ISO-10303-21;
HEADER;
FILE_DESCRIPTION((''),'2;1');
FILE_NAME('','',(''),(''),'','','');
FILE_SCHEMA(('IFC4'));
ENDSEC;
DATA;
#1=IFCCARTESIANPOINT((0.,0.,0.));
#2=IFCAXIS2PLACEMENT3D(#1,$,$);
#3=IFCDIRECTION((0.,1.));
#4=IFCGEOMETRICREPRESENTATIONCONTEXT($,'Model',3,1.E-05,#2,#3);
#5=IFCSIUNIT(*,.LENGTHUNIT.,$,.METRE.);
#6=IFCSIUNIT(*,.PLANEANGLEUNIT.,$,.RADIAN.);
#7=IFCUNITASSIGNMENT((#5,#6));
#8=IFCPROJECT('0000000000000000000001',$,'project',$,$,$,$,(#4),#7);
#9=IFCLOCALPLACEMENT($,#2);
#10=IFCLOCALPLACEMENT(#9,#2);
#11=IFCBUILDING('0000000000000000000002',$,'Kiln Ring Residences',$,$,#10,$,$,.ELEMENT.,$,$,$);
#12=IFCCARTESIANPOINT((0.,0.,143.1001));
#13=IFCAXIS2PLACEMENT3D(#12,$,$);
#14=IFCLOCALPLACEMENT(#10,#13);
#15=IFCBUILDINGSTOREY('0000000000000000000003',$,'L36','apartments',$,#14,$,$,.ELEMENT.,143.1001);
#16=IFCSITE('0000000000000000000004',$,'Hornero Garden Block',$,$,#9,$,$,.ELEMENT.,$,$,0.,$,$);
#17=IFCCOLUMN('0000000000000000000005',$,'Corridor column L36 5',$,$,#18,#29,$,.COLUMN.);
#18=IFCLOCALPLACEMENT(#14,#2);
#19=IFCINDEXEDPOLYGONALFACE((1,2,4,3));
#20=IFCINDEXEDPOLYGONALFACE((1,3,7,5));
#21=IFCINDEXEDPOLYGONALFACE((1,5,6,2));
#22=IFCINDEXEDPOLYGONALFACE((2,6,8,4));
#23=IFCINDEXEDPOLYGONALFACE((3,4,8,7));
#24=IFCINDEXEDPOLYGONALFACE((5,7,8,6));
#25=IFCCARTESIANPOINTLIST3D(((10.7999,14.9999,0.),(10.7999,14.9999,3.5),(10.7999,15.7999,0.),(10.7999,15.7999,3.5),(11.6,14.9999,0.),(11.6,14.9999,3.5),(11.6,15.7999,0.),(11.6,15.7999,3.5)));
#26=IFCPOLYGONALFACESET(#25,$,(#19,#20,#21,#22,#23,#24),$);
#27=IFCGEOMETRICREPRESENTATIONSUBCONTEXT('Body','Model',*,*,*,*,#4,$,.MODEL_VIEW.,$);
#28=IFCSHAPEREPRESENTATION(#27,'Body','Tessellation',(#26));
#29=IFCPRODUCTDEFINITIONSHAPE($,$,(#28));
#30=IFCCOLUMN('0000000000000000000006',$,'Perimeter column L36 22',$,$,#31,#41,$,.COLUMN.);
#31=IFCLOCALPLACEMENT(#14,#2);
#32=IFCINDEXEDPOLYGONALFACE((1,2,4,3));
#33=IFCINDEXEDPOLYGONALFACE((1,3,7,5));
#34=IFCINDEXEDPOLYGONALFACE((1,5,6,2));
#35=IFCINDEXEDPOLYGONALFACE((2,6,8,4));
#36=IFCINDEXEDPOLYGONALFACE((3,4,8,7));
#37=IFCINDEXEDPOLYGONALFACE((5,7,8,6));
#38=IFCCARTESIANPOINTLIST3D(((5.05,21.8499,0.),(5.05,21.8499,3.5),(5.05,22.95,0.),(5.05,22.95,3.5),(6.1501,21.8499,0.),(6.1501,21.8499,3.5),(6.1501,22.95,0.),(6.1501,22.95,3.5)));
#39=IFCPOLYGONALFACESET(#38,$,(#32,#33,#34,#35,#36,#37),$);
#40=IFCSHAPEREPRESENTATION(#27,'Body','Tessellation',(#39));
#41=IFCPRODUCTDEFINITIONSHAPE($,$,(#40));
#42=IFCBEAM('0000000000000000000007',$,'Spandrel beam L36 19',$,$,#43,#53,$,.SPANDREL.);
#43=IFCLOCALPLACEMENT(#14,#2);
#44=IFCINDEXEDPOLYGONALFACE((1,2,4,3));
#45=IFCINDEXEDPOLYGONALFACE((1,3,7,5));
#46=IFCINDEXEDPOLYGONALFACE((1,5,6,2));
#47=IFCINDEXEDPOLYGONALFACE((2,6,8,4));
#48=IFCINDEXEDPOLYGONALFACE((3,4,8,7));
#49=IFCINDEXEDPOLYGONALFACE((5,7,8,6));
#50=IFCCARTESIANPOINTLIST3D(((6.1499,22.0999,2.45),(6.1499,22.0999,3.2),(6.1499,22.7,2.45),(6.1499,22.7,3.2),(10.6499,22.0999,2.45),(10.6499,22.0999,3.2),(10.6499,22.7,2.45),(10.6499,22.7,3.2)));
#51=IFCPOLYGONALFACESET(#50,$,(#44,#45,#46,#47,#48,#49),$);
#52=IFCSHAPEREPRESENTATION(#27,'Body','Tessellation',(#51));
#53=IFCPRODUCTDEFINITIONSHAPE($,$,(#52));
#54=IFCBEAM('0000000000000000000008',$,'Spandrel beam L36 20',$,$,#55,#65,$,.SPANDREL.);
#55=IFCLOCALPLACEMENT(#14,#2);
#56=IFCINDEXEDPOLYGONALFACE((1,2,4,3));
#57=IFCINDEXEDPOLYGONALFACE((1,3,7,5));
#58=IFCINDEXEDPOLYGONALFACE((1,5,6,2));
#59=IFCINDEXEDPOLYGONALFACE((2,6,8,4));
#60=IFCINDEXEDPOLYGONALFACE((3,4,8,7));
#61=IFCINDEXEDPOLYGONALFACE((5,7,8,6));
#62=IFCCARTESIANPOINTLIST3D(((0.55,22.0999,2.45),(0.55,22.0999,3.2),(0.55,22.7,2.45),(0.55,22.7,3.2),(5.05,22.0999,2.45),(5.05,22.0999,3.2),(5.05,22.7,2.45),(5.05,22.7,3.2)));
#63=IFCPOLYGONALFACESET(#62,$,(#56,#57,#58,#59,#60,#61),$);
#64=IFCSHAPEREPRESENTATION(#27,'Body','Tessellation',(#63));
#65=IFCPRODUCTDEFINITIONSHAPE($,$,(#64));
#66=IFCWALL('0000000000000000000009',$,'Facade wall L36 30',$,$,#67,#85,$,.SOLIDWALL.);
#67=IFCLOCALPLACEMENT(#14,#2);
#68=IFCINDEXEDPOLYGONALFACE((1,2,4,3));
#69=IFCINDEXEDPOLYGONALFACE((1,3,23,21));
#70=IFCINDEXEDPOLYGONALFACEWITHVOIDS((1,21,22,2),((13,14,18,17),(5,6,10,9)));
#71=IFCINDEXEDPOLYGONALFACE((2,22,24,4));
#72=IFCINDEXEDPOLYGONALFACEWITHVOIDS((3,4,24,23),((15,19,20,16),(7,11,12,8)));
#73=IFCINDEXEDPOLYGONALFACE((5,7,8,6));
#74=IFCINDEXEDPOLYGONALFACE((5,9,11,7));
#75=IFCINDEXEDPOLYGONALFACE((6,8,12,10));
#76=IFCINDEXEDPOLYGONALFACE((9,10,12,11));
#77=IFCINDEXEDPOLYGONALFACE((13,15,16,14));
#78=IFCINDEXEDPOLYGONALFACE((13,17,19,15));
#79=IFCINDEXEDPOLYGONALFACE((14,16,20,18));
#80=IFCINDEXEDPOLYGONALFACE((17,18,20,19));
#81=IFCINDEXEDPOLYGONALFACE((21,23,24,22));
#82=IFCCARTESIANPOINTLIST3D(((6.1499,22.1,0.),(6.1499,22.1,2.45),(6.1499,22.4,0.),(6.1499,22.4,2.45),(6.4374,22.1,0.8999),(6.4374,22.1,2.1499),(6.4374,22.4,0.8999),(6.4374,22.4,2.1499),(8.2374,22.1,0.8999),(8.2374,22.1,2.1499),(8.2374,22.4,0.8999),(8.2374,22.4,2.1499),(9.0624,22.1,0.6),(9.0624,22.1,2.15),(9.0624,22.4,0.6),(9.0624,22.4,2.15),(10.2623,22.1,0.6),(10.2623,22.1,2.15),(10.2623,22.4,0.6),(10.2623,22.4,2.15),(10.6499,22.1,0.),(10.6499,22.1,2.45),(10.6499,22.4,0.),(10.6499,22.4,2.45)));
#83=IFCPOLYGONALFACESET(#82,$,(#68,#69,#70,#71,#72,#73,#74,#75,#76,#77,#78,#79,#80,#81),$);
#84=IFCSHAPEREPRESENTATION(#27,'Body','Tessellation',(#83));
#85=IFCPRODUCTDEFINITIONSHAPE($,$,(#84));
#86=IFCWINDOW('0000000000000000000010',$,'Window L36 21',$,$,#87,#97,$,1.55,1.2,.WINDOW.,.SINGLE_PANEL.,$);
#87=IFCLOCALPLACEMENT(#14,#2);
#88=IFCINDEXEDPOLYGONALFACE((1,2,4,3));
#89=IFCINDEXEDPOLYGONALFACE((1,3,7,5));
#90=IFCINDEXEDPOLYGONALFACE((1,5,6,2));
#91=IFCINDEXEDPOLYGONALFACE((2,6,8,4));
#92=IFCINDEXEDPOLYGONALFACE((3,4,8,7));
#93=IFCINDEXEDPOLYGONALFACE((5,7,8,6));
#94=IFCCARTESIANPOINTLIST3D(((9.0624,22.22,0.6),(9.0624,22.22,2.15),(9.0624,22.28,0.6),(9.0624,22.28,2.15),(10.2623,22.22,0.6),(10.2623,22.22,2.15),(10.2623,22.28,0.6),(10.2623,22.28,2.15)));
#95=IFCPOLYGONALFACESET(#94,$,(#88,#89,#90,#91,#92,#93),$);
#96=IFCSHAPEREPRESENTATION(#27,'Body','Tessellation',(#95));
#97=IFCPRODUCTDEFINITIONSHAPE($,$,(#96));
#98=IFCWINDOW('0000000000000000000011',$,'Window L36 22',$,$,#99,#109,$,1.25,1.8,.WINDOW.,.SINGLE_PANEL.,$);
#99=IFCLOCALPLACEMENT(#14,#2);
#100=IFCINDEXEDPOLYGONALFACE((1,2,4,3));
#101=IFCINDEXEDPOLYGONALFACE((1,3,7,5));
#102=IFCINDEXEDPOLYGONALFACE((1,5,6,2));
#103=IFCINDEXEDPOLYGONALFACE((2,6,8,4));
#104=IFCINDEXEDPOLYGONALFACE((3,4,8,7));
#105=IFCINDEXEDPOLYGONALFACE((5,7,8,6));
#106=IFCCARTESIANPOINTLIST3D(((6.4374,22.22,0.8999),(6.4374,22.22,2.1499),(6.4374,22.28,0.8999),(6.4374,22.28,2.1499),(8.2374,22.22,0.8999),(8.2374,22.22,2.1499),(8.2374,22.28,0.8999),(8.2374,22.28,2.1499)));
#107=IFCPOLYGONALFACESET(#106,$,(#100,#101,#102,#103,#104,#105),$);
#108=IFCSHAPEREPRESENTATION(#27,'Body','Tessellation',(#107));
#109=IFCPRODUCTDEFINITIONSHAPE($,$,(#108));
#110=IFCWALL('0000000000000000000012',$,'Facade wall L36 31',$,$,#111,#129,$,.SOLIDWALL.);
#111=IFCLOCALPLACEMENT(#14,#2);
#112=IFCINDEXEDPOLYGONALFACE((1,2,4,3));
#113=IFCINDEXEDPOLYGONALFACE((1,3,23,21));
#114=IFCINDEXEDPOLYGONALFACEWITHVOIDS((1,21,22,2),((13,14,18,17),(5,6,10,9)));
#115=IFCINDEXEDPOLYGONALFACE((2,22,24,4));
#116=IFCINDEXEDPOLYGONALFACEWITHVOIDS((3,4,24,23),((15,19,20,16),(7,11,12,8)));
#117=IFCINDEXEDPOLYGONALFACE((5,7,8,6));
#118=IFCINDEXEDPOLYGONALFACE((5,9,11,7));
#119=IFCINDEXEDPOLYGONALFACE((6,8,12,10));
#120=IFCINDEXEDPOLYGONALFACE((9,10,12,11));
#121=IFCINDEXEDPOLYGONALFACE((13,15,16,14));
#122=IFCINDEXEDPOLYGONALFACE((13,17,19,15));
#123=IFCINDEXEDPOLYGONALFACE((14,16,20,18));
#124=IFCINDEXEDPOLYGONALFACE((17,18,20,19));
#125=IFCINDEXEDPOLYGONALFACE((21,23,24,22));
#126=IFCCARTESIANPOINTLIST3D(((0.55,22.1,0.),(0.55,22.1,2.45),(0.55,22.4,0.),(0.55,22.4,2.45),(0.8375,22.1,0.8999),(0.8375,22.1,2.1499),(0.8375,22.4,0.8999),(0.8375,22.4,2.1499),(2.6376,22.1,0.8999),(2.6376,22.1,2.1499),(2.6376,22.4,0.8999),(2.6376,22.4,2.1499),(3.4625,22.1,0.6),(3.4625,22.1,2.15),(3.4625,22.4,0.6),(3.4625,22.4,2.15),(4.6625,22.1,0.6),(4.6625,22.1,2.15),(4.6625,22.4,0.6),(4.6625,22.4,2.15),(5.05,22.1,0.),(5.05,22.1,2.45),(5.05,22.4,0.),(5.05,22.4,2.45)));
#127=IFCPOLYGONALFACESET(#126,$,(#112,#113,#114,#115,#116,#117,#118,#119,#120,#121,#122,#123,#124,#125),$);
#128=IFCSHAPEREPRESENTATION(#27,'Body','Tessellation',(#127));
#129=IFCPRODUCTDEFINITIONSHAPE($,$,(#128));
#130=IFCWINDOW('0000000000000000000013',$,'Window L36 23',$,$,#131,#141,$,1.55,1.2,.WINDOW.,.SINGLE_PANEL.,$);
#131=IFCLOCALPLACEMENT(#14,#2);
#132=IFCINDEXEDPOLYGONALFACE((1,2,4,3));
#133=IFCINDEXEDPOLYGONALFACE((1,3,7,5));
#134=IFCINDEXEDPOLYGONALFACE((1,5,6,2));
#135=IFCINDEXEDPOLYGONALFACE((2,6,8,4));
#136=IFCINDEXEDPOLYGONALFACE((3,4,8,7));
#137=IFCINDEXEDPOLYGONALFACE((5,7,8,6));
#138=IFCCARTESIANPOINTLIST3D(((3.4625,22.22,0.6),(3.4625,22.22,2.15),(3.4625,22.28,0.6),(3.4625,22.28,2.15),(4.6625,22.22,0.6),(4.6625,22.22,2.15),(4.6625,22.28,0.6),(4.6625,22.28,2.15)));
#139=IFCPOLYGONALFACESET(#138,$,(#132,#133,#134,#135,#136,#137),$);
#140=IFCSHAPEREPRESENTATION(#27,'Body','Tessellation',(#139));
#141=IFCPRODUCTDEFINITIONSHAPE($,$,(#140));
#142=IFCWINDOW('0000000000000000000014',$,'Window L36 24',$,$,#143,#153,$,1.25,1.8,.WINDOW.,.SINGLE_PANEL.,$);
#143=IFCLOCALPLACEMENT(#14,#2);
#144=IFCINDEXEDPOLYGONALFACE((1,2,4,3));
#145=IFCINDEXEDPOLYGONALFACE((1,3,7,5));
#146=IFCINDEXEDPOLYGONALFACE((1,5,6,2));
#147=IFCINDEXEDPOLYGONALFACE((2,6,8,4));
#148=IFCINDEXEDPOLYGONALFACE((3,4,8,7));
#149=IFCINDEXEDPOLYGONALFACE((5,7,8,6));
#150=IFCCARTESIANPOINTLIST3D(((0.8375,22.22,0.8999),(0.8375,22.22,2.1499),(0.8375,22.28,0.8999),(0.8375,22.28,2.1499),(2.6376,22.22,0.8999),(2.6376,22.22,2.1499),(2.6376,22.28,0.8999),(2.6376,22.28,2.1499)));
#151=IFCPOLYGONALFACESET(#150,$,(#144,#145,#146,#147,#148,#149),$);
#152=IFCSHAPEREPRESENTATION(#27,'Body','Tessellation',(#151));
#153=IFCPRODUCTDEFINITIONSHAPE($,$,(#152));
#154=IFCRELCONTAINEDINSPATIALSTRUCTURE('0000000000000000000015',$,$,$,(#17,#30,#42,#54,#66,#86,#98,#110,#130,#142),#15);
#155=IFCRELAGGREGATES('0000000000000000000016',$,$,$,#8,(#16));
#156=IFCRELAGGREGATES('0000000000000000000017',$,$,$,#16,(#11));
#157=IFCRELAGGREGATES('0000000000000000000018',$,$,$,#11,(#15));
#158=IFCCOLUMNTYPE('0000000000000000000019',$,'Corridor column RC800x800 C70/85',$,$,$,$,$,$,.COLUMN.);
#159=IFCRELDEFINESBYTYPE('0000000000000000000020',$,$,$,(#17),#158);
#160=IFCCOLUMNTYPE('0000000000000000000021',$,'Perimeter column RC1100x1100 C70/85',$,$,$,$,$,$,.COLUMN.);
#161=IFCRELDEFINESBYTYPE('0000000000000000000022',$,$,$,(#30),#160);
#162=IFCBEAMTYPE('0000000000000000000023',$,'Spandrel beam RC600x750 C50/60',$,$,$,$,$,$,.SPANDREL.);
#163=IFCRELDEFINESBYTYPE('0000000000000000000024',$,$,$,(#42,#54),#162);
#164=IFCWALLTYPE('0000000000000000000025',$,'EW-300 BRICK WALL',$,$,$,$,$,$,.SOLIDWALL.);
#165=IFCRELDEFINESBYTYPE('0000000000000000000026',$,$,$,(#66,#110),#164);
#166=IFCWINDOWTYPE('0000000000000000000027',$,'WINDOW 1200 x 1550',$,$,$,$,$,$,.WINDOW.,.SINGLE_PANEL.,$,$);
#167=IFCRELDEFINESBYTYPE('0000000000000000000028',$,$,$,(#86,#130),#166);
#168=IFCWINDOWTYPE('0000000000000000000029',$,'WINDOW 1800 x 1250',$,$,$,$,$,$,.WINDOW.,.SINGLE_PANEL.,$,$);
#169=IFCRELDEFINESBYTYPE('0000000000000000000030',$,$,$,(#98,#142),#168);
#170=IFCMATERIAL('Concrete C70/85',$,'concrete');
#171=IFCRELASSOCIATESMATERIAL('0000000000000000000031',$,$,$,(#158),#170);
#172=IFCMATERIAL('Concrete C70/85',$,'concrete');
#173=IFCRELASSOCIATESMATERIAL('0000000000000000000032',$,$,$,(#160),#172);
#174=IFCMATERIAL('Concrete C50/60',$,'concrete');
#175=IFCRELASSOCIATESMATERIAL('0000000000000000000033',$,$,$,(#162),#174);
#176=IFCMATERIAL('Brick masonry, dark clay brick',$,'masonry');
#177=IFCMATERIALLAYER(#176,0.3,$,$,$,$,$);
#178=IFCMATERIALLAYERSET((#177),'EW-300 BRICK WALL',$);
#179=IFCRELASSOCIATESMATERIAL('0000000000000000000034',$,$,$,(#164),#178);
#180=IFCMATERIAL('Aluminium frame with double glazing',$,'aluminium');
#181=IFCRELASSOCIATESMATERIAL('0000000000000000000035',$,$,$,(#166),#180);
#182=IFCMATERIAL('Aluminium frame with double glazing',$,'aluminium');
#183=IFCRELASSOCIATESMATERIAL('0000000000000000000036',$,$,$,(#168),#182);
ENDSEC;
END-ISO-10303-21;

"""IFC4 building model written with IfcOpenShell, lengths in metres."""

from ifc_helpers import new_model, si_unit, direction, frame, frame_2d, origin, origin_2d, place, context, subcontext, project, spatial, rectangle, extrude, material, layer, layer_set, material_profile, profile_set, type_object, element, fill, save


model = new_model("IFC4")

# Units and contexts
model_context = context("Model", 3, precision=1e-05, world=origin(), true_north=direction((0.0, 1.0)))
body_context = subcontext(model_context, "Body", "Model", "MODEL_VIEW")
ifc_project = project(units=[si_unit("LENGTHUNIT", "METRE"), si_unit("PLANEANGLEUNIT", "RADIAN")], contexts=[model_context])

# Site, building, storey
site_placement = place(None, origin())
site = spatial("IfcSite", under=ifc_project, at=site_placement, Name="Hornero Garden Block", CompositionType="ELEMENT", RefElevation=0.0)
building_placement = place(site_placement, origin())
building = spatial("IfcBuilding", under=site, at=building_placement, Name="Kiln Ring Residences", CompositionType="ELEMENT")
storey_placement = place(building_placement, frame((0.0, 0.0, 143.1001)))
storey = spatial("IfcBuildingStorey", under=building, at=storey_placement, Name="L36", Description="apartments", CompositionType="ELEMENT", Elevation=143.1001)

# Columns
ifc_material_1 = material(Name="Concrete C70/85", Category="concrete")
ifc_material_profile_1 = material_profile(ifc_material_1, rectangle(XDim=0.8, YDim=0.8, at=origin_2d()), Name="RC800x800")
ifc_profile_set_1 = profile_set([ifc_material_profile_1], Name="Concrete C70/85")
column_type_1 = type_object("IfcColumnType", Name="Corridor column RC800x800 C70/85", PredefinedType="COLUMN", material=ifc_profile_set_1)
column_1_placement = place(storey_placement, frame((11.2, 15.3999, 0.0), z_axis=(0.0, 0.0, 1.0), x_axis=(1.0, 0.0, 0.0)))
element("IfcColumn", 1, at=column_1_placement, inside=storey, type_object=column_type_1, Name="Corridor column L36 5", PredefinedType="COLUMN", context=body_context, shape_type="SweptSolid", body=[
    extrude(rectangle(XDim=0.8, YDim=0.8, at=origin_2d()), origin(), (0.0, 0.0, 1.0), 3.5),
])
ifc_material_2 = material(Name="Concrete C70/85", Category="concrete")
ifc_material_profile_2 = material_profile(ifc_material_2, rectangle(XDim=1.1001, YDim=1.1001, at=origin_2d()), Name="RC1100x1100")
ifc_profile_set_2 = profile_set([ifc_material_profile_2], Name="Concrete C70/85")
column_type_2 = type_object("IfcColumnType", Name="Perimeter column RC1100x1100 C70/85", PredefinedType="COLUMN", material=ifc_profile_set_2)
column_2_placement = place(storey_placement, frame((5.6001, 22.3999, 0.0), z_axis=(0.0, 0.0, 1.0), x_axis=(1.0, 0.0, 0.0)))
element("IfcColumn", 2, at=column_2_placement, inside=storey, type_object=column_type_2, Name="Perimeter column L36 22", PredefinedType="COLUMN", context=body_context, shape_type="SweptSolid", body=[
    extrude(rectangle(XDim=1.1001, YDim=1.1001, at=origin_2d()), origin(), (0.0, 0.0, 1.0), 3.5),
])

# Beams
ifc_material_3 = material(Name="Concrete C50/60", Category="concrete")
ifc_material_profile_3 = material_profile(ifc_material_3, rectangle(XDim=0.6001, YDim=0.75, at=origin_2d()), Name="RC600x750")
ifc_profile_set_3 = profile_set([ifc_material_profile_3], Name="Concrete C50/60")
beam_type = type_object("IfcBeamType", Name="Spandrel beam RC600x750 C50/60", PredefinedType="SPANDREL", material=ifc_profile_set_3)
for number, where, z_axis, x_axis, name in (
    (3, (10.6499, 22.3999, 2.825), (-1.0, 0.0, 0.0), (0.0, -1.0, 0.0), "Spandrel beam L36 19"),
    (4, (5.05, 22.3999, 2.825), (-1.0, 0.0, 0.0), (0.0, -1.0, 0.0), "Spandrel beam L36 20"),
):
    element("IfcBeam", number, at=place(storey_placement, frame(where, z_axis=z_axis, x_axis=x_axis)), inside=storey, type_object=beam_type, Name=name, PredefinedType="SPANDREL", context=body_context, shape_type="SweptSolid", body=[
        extrude(rectangle(XDim=0.6001, YDim=0.75, at=origin_2d()), origin(), (0.0, 0.0, 1.0), 4.5),
    ])

# Walls, openings, windows
ifc_material_4 = material(Name="Brick masonry, dark clay brick", Category="masonry")
ifc_layer_1 = layer(ifc_material_4, 0.3)
ifc_layer_set_1 = layer_set([ifc_layer_1], Name="EW-300 BRICK WALL")
wall_type_1 = type_object("IfcWallType", Name="EW-300 BRICK WALL", PredefinedType="SOLIDWALL", material=ifc_layer_set_1)
wall_1_placement = place(storey_placement, frame((10.6499, 22.25, 0.0), z_axis=(0.0, 0.0, 1.0), x_axis=(-1.0, 0.0, 0.0)))
wall_1 = element("IfcWall", 5, at=wall_1_placement, inside=storey, type_object=wall_type_1, Name="Facade wall L36 30", PredefinedType="SOLIDWALL", context=body_context, shape_type="SweptSolid", body=[
    extrude(rectangle(XDim=4.5, YDim=0.3, at=frame_2d((2.25, 0.0))), origin(), (0.0, 0.0, 1.0), 2.45),
])
opening_1_placement = place(wall_1_placement, frame((0.3875, 0.0, 0.6001)))
opening_1 = element("IfcOpeningElement", 6, at=opening_1_placement, cuts=wall_1, PredefinedType="OPENING", context=body_context, shape_type="SweptSolid", body=[
    extrude(rectangle(XDim=1.2, YDim=1.55, at=frame_2d((0.6001, 0.7749))), frame((0.0, 0.1599, 0.0), z_axis=(0.0, -1.0, 0.0), x_axis=(1.0, 0.0, 0.0)), (0.0, 0.0, 1.0), 0.3201),
])
opening_2_placement = place(wall_1_placement, frame((2.4126, 0.0, 0.8999)))
opening_2 = element("IfcOpeningElement", 7, at=opening_2_placement, cuts=wall_1, PredefinedType="OPENING", context=body_context, shape_type="SweptSolid", body=[
    extrude(rectangle(XDim=1.8, YDim=1.25, at=frame_2d((0.8999, 0.625))), frame((0.0, 0.1599, 0.0), z_axis=(0.0, -1.0, 0.0), x_axis=(1.0, 0.0, 0.0)), (0.0, 0.0, 1.0), 0.3201),
])
ifc_material_5 = material(Name="Aluminium frame with double glazing", Category="aluminium")
window_type_1 = type_object("IfcWindowType", Name="WINDOW 1200 x 1550", PartitioningType="SINGLE_PANEL", PredefinedType="WINDOW", material=ifc_material_5)
window_1_placement = place(opening_1_placement, origin())
window_1 = element("IfcWindow", 8, at=window_1_placement, inside=storey, type_object=window_type_1, Name="Window L36 21", OverallHeight=1.55, OverallWidth=1.2, PartitioningType="SINGLE_PANEL", PredefinedType="WINDOW", context=body_context, shape_type="SweptSolid", body=[
    extrude(rectangle(XDim=1.2, YDim=1.55, at=frame_2d((0.6001, 0.7749))), frame((0.0, 0.03, 0.0), z_axis=(0.0, -1.0, 0.0), x_axis=(1.0, 0.0, 0.0)), (0.0, 0.0, 1.0), 0.0601),
])
fill(opening_1, window_1)
ifc_material_6 = material(Name="Aluminium frame with double glazing", Category="aluminium")
window_type_2 = type_object("IfcWindowType", Name="WINDOW 1800 x 1250", PartitioningType="SINGLE_PANEL", PredefinedType="WINDOW", material=ifc_material_6)
window_2_placement = place(opening_2_placement, origin())
window_2 = element("IfcWindow", 9, at=window_2_placement, inside=storey, type_object=window_type_2, Name="Window L36 22", OverallHeight=1.25, OverallWidth=1.8, PartitioningType="SINGLE_PANEL", PredefinedType="WINDOW", context=body_context, shape_type="SweptSolid", body=[
    extrude(rectangle(XDim=1.8, YDim=1.25, at=frame_2d((0.8999, 0.625))), frame((0.0, 0.03, 0.0), z_axis=(0.0, -1.0, 0.0), x_axis=(1.0, 0.0, 0.0)), (0.0, 0.0, 1.0), 0.0601),
])
fill(opening_2, window_2)
wall_2_placement = place(storey_placement, frame((5.05, 22.25, 0.0), z_axis=(0.0, 0.0, 1.0), x_axis=(-1.0, 0.0, 0.0)))
wall_2 = element("IfcWall", 10, at=wall_2_placement, inside=storey, type_object=wall_type_1, Name="Facade wall L36 31", PredefinedType="SOLIDWALL", context=body_context, shape_type="SweptSolid", body=[
    extrude(rectangle(XDim=4.5, YDim=0.3, at=frame_2d((2.25, 0.0))), origin(), (0.0, 0.0, 1.0), 2.45),
])
opening_3_placement = place(wall_2_placement, frame((0.3875, 0.0, 0.6001)))
opening_3 = element("IfcOpeningElement", 11, at=opening_3_placement, cuts=wall_2, PredefinedType="OPENING", context=body_context, shape_type="SweptSolid", body=[
    extrude(rectangle(XDim=1.2, YDim=1.55, at=frame_2d((0.6001, 0.7749))), frame((0.0, 0.1599, 0.0), z_axis=(0.0, -1.0, 0.0), x_axis=(1.0, 0.0, 0.0)), (0.0, 0.0, 1.0), 0.3201),
])
opening_4_placement = place(wall_2_placement, frame((2.4126, 0.0, 0.8999)))
opening_4 = element("IfcOpeningElement", 12, at=opening_4_placement, cuts=wall_2, PredefinedType="OPENING", context=body_context, shape_type="SweptSolid", body=[
    extrude(rectangle(XDim=1.8, YDim=1.25, at=frame_2d((0.8999, 0.625))), frame((0.0, 0.1599, 0.0), z_axis=(0.0, -1.0, 0.0), x_axis=(1.0, 0.0, 0.0)), (0.0, 0.0, 1.0), 0.3201),
])
window_3_placement = place(opening_3_placement, origin())
window_3 = element("IfcWindow", 13, at=window_3_placement, inside=storey, type_object=window_type_1, Name="Window L36 23", OverallHeight=1.55, OverallWidth=1.2, PartitioningType="SINGLE_PANEL", PredefinedType="WINDOW", context=body_context, shape_type="SweptSolid", body=[
    extrude(rectangle(XDim=1.2, YDim=1.55, at=frame_2d((0.6001, 0.7749))), frame((0.0, 0.03, 0.0), z_axis=(0.0, -1.0, 0.0), x_axis=(1.0, 0.0, 0.0)), (0.0, 0.0, 1.0), 0.0601),
])
fill(opening_3, window_3)
window_4_placement = place(opening_4_placement, origin())
window_4 = element("IfcWindow", 14, at=window_4_placement, inside=storey, type_object=window_type_2, Name="Window L36 24", OverallHeight=1.25, OverallWidth=1.8, PartitioningType="SINGLE_PANEL", PredefinedType="WINDOW", context=body_context, shape_type="SweptSolid", body=[
    extrude(rectangle(XDim=1.8, YDim=1.25, at=frame_2d((0.8999, 0.625))), frame((0.0, 0.03, 0.0), z_axis=(0.0, -1.0, 0.0), x_axis=(1.0, 0.0, 0.0)), (0.0, 0.0, 1.0), 0.0601),
])
fill(opening_4, window_4)

save(model, "model.ifc")
